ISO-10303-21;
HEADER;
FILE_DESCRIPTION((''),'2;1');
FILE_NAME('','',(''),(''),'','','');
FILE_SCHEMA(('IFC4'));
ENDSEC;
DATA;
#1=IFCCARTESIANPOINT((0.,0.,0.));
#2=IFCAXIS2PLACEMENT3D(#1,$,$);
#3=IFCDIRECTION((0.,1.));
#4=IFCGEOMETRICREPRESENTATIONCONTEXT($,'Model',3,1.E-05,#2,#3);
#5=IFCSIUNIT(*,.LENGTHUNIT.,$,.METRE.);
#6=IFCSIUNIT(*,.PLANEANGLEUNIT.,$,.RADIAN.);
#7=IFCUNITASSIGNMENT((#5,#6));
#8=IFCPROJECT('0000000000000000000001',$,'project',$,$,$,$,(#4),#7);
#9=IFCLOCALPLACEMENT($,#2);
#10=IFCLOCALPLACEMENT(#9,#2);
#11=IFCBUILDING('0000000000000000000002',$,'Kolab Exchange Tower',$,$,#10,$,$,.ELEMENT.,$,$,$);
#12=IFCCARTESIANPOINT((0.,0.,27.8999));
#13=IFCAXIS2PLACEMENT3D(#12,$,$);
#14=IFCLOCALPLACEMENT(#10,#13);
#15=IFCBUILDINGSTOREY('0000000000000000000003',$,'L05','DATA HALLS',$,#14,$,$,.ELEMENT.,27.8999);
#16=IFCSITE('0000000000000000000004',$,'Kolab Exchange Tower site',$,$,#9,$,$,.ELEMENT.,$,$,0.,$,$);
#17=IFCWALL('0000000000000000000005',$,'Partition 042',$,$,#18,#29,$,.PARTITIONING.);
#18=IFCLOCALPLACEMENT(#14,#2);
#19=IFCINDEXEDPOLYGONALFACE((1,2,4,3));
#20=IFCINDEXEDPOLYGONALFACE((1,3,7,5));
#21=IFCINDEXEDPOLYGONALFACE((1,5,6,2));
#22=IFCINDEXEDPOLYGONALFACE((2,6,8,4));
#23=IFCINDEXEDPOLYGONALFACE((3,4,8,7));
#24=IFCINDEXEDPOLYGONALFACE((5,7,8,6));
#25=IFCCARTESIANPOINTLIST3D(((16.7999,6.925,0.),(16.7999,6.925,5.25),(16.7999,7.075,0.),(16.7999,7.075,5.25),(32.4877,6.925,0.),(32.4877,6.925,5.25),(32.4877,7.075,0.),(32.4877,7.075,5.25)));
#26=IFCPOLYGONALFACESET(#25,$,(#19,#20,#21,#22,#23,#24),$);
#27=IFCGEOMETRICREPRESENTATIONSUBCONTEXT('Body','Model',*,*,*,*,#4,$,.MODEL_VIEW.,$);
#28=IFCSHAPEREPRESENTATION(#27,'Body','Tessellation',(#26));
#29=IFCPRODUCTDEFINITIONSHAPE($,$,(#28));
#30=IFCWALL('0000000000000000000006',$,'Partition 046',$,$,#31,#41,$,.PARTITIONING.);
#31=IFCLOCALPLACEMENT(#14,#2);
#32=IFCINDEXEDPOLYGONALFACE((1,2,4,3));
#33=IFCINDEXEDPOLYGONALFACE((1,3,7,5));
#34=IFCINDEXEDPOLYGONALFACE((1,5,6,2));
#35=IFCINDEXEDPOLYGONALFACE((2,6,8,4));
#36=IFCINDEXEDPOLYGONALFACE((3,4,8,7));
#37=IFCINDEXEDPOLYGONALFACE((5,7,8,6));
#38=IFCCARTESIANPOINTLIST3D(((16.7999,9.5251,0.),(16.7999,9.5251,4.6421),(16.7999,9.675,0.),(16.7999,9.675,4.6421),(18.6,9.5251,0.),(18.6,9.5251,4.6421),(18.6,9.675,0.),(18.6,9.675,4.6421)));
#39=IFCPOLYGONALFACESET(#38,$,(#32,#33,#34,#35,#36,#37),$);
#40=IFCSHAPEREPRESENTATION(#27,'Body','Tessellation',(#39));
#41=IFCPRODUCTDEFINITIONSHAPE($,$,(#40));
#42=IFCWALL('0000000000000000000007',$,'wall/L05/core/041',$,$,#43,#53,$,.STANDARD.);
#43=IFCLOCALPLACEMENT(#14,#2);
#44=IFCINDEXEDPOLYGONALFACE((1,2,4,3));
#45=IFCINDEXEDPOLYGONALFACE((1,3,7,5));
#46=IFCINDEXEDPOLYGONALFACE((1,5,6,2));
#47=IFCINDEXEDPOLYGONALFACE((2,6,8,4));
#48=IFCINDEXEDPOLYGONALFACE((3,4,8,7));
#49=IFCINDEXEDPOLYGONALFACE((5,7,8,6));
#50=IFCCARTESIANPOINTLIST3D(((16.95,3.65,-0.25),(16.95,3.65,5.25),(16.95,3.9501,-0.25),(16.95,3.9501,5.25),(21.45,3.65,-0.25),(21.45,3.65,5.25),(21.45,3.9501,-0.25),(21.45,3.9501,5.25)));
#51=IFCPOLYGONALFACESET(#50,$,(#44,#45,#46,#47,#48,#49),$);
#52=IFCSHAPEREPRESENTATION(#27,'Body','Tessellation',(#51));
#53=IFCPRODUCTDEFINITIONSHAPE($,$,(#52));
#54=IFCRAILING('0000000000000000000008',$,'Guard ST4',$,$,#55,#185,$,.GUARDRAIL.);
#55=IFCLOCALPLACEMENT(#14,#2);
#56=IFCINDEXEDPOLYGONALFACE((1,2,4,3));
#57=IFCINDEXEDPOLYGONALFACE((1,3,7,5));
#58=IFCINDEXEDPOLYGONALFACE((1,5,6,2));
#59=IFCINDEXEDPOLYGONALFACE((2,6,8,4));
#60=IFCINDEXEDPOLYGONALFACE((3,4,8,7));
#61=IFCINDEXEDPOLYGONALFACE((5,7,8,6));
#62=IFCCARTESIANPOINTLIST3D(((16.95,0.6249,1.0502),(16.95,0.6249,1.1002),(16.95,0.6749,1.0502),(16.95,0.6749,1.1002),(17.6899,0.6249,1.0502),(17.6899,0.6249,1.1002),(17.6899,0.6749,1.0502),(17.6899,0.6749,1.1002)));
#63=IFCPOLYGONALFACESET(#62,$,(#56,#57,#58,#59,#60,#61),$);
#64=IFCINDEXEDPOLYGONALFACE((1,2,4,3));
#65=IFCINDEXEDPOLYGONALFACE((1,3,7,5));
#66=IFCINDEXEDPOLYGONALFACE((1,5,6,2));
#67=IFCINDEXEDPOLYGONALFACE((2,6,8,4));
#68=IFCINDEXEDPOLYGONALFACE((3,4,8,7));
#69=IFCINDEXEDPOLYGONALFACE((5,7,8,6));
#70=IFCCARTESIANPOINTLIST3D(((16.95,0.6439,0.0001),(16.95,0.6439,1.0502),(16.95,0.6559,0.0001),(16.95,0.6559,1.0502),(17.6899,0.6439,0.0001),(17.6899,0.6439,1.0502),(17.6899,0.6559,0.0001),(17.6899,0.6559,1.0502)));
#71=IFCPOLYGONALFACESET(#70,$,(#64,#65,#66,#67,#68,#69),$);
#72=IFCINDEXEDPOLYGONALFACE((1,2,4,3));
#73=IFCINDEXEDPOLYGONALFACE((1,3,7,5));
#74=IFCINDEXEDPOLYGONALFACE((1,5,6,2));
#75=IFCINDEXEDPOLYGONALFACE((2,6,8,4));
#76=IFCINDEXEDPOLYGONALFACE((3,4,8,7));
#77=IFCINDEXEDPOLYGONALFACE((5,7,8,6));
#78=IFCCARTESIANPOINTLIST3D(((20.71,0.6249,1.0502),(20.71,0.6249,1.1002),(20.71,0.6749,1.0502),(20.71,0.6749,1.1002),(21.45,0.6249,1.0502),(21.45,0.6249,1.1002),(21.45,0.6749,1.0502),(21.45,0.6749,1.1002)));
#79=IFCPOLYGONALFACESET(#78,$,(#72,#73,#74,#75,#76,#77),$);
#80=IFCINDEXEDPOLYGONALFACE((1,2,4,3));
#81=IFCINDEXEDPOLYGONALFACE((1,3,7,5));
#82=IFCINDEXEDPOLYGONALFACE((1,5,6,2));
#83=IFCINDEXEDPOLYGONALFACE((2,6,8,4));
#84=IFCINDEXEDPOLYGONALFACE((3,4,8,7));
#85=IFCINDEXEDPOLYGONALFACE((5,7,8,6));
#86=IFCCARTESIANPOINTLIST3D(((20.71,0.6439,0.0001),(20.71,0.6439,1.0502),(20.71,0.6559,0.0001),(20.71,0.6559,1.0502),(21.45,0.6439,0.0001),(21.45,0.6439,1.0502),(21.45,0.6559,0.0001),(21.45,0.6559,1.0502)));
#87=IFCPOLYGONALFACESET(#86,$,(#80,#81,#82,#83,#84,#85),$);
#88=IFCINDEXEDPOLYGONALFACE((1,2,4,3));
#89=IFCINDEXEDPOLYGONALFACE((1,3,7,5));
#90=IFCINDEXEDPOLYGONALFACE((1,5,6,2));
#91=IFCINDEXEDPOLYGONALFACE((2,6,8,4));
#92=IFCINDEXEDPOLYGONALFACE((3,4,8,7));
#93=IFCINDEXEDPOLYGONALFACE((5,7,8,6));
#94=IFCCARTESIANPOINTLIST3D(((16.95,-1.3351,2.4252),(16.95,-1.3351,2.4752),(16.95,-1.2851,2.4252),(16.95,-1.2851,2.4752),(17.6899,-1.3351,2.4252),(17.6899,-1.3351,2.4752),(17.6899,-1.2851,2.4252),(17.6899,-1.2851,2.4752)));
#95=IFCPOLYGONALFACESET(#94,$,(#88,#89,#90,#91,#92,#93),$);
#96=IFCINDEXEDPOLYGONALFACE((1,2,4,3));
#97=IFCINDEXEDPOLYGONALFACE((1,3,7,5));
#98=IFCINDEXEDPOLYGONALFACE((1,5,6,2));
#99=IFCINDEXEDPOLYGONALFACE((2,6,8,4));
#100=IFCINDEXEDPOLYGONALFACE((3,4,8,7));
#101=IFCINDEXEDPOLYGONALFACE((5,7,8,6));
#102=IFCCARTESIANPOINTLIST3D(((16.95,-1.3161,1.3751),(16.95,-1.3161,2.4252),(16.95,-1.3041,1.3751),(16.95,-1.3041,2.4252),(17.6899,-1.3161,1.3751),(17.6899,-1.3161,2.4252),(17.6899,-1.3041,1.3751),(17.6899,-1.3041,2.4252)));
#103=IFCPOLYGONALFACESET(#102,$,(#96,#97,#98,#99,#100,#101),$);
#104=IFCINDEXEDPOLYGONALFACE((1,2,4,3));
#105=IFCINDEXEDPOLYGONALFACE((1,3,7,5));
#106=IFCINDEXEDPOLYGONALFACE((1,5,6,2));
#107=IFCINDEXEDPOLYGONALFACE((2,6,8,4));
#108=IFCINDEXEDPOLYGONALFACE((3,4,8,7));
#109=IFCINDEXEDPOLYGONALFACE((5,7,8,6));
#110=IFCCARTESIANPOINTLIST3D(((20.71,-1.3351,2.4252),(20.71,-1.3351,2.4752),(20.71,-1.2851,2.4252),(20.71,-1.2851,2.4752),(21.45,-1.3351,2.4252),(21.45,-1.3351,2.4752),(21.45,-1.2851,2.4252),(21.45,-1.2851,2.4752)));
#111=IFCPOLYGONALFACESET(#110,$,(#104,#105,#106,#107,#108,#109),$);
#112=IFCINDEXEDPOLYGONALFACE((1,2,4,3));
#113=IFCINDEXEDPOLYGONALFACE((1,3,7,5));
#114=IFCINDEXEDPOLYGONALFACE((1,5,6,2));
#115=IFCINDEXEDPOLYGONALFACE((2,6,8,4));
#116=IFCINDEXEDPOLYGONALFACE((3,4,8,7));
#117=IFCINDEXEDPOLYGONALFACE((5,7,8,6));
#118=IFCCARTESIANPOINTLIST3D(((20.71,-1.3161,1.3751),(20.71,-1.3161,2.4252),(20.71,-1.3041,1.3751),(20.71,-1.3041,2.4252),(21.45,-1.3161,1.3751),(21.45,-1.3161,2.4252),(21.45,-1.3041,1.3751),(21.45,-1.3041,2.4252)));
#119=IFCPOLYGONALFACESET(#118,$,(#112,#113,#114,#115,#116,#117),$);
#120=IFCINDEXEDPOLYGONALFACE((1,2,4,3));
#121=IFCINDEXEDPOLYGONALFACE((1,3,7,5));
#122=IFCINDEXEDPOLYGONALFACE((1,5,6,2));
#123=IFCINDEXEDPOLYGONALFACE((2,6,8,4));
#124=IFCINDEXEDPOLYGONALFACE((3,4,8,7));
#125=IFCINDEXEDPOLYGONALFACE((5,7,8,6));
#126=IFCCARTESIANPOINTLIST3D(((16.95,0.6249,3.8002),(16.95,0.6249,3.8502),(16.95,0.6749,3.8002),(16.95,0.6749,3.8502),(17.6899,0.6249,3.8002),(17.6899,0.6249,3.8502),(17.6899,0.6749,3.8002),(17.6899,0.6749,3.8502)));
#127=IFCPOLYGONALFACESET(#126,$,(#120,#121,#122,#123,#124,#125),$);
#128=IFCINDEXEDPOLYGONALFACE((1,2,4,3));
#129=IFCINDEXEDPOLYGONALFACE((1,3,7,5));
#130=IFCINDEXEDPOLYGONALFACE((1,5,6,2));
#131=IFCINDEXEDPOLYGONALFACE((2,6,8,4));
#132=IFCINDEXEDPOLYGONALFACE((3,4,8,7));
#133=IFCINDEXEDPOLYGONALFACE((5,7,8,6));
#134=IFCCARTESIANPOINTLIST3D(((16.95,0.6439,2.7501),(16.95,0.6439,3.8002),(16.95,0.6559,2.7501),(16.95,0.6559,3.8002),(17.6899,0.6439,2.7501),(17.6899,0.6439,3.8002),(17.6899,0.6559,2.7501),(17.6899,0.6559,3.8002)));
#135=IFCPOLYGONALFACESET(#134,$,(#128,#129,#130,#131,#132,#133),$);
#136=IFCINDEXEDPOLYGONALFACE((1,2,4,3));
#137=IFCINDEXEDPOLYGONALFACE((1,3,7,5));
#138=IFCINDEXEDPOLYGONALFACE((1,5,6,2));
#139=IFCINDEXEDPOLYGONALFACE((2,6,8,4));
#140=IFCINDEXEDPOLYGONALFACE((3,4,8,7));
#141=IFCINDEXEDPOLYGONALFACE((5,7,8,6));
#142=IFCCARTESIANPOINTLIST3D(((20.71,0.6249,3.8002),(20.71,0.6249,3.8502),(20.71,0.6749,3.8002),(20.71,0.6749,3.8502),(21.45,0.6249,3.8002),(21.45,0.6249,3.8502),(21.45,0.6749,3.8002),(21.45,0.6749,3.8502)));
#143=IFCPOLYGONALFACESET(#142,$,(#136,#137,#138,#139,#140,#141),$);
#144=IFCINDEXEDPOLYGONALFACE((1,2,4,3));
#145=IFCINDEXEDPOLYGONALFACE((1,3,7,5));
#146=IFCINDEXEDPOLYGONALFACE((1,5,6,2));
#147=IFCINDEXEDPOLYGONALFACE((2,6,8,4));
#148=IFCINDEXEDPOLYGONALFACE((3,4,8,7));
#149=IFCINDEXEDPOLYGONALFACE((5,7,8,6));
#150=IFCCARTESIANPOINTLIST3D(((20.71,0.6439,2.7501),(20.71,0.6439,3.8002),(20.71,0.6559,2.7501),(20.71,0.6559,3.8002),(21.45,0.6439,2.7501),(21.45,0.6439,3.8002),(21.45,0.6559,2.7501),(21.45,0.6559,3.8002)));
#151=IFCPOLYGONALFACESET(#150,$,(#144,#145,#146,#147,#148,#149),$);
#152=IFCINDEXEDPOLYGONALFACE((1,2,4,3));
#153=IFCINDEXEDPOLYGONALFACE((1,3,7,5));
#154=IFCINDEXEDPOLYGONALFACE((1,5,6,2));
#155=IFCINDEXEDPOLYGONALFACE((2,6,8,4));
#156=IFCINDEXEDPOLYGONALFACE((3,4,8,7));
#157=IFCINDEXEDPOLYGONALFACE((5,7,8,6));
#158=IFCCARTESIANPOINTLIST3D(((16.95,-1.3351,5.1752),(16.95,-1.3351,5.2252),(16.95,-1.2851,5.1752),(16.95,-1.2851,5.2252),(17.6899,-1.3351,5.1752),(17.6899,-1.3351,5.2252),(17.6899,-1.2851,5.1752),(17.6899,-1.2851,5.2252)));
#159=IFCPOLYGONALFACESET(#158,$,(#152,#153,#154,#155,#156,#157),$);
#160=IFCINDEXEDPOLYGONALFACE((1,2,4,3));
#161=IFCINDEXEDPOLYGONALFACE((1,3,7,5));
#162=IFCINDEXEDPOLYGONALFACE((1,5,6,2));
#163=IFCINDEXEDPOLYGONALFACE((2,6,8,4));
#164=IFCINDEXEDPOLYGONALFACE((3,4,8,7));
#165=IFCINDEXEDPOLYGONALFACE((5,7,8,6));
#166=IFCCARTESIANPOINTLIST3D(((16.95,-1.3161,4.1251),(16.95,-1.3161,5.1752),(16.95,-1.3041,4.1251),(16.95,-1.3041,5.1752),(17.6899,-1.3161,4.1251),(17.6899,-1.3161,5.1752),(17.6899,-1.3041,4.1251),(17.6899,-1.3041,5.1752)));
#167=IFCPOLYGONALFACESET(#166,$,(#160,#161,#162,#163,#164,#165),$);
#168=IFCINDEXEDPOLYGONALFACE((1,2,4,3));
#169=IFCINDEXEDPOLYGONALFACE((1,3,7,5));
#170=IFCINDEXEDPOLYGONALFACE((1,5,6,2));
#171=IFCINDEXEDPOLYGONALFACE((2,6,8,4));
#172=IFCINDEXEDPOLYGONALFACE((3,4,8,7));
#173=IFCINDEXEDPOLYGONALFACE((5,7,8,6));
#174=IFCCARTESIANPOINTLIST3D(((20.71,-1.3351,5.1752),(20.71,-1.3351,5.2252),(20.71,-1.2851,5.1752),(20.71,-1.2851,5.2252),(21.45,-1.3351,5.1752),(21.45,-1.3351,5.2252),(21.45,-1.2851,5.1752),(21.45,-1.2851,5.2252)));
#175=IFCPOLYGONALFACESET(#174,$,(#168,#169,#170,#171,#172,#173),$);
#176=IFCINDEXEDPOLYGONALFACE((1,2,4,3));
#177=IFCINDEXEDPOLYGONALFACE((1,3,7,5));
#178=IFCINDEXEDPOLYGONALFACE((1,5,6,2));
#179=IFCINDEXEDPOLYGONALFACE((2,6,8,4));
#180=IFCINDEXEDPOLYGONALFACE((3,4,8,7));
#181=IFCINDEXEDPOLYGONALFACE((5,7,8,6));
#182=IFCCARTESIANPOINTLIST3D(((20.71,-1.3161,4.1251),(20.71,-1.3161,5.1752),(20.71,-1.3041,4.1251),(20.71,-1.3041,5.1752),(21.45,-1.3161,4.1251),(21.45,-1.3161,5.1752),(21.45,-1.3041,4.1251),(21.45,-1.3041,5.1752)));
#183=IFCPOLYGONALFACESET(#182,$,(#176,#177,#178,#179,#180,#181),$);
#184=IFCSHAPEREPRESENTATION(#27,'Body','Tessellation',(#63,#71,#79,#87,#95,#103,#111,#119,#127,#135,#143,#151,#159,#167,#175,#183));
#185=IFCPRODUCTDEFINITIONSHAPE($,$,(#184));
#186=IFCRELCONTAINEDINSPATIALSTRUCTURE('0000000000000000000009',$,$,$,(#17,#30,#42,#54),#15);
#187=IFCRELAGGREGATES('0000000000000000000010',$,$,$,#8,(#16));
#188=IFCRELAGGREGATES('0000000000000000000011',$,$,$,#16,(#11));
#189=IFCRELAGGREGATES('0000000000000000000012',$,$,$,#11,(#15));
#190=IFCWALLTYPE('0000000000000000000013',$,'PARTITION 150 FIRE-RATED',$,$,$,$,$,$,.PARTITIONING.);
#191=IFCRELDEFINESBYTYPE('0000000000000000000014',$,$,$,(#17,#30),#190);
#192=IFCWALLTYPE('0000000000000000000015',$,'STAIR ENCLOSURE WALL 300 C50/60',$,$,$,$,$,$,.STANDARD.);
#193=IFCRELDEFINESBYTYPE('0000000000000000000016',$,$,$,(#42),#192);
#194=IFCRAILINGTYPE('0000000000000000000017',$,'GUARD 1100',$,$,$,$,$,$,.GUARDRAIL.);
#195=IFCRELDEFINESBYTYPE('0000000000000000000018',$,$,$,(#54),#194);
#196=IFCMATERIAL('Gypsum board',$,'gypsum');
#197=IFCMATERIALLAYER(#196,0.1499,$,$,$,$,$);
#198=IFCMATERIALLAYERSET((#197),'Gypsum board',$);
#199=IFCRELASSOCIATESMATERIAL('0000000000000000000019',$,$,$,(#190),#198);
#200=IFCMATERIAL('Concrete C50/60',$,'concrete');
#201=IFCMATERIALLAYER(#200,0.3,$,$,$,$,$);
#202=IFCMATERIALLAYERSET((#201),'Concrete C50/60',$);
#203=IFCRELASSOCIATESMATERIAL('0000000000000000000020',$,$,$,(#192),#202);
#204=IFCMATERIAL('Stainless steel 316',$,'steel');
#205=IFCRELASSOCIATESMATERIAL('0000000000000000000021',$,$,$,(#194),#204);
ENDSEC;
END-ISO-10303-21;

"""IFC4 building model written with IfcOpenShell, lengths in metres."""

from ifc_helpers import new_model, si_unit, direction, frame, frame_2d, origin, origin_2d, place, context, subcontext, project, spatial, rectangle, extrude, material, layer, layer_set, type_object, element, save


model = new_model("IFC4")

# Units and contexts
model_context = context("Model", 3, precision=1e-05, world=origin(), true_north=direction((0.0, 1.0)))
body_context = subcontext(model_context, "Body", "Model", "MODEL_VIEW")
ifc_project = project(units=[si_unit("LENGTHUNIT", "METRE"), si_unit("PLANEANGLEUNIT", "RADIAN")], contexts=[model_context])

# Site, building, storey
site_placement = place(None, origin())
site = spatial("IfcSite", under=ifc_project, at=site_placement, Name="Kolab Exchange Tower site", CompositionType="ELEMENT", RefElevation=0.0)
building_placement = place(site_placement, origin())
building = spatial("IfcBuilding", under=site, at=building_placement, Name="Kolab Exchange Tower", CompositionType="ELEMENT")
storey_placement = place(building_placement, frame((0.0, 0.0, 27.8999)))
storey = spatial("IfcBuildingStorey", under=building, at=storey_placement, Name="L05", Description="DATA HALLS", CompositionType="ELEMENT", Elevation=27.8999)

# Shared definitions
ifc_material_1 = material(Name="Concrete C50/60", Category="concrete")
ifc_material_2 = material(Name="Gypsum board", Category="gypsum")

# Shared definitions
ifc_layer_1 = layer(ifc_material_2, 0.1499)
ifc_layer_set_1 = layer_set([ifc_layer_1], Name="Gypsum board")
wall_type_1 = type_object("IfcWallType", Name="PARTITION 150 FIRE-RATED", PredefinedType="PARTITIONING", material=ifc_layer_set_1)

# Walls
wall_1_placement = place(storey_placement, frame((16.8, 7.0, 0.0), z_axis=(0.0, 0.0, 1.0), x_axis=(1.0, 0.0, 0.0)))
element("IfcWall", 1, at=wall_1_placement, inside=storey, type_object=wall_type_1, Name="Partition 042", PredefinedType="PARTITIONING", context=body_context, shape_type="SweptSolid", body=[
    extrude(rectangle(XDim=15.6877, YDim=0.1499, at=frame_2d((7.8438, 0.0))), origin(), (0.0, 0.0, 1.0), 5.25),
])
wall_2_placement = place(storey_placement, frame((16.8, 9.6001, 0.0), z_axis=(0.0, 0.0, 1.0), x_axis=(1.0, 0.0, 0.0)))
element("IfcWall", 2, at=wall_2_placement, inside=storey, type_object=wall_type_1, Name="Partition 046", PredefinedType="PARTITIONING", context=body_context, shape_type="SweptSolid", body=[
    extrude(rectangle(XDim=1.8, YDim=0.1499, at=frame_2d((0.8999, 0.0))), origin(), (0.0, 0.0, 1.0), 4.6421),
])
ifc_layer_2 = layer(ifc_material_1, 0.3)
ifc_layer_set_2 = layer_set([ifc_layer_2], Name="Concrete C50/60")
wall_type_2 = type_object("IfcWallType", Name="STAIR ENCLOSURE WALL 300 C50/60", PredefinedType="STANDARD", material=ifc_layer_set_2)
wall_3_placement = place(storey_placement, frame((16.95, 3.8, -0.25), z_axis=(0.0, 0.0, 1.0), x_axis=(1.0, 0.0, 0.0)))
element("IfcWall", 3, at=wall_3_placement, inside=storey, type_object=wall_type_2, Name="wall/L05/core/041", PredefinedType="STANDARD", context=body_context, shape_type="SweptSolid", body=[
    extrude(rectangle(XDim=4.5, YDim=0.3, at=frame_2d((2.25, 0.0))), origin(), (0.0, 0.0, 1.0), 5.5),
])

# Railing
ifc_material_3 = material(Name="Stainless steel 316", Category="steel")
railing_type = type_object("IfcRailingType", Name="GUARD 1100", PredefinedType="GUARDRAIL", material=ifc_material_3)
railing_placement = place(storey_placement, frame((16.95, 0.6499, 0.0)))
element("IfcRailing", 4, at=railing_placement, inside=storey, type_object=railing_type, Name="Guard ST4", PredefinedType="GUARDRAIL", context=body_context, shape_type="SweptSolid", body=[
    extrude(rectangle(XDim=0.05, YDim=0.05, at=origin_2d()), frame((0.0, 0.0, 1.0752), z_axis=(1.0, 0.0, 0.0), x_axis=(0.0, 1.0, 0.0)), (0.0, 0.0, 1.0), 0.74),
    extrude(rectangle(XDim=0.012, YDim=1.0501, at=frame_2d((0.0, 0.5251))), frame((0.0, 0.0, 0.0), z_axis=(1.0, 0.0, 0.0), x_axis=(0.0, 1.0, 0.0)), (0.0, 0.0, 1.0), 0.74),
    extrude(rectangle(XDim=0.05, YDim=0.05, at=origin_2d()), frame((3.76, 0.0, 1.0752), z_axis=(1.0, 0.0, 0.0), x_axis=(0.0, 1.0, 0.0)), (0.0, 0.0, 1.0), 0.74),
    extrude(rectangle(XDim=0.012, YDim=1.0501, at=frame_2d((0.0, 0.5251))), frame((3.76, 0.0, 0.0), z_axis=(1.0, 0.0, 0.0), x_axis=(0.0, 1.0, 0.0)), (0.0, 0.0, 1.0), 0.74),
    extrude(rectangle(XDim=0.05, YDim=0.05, at=origin_2d()), frame((0.0, -1.96, 2.4502), z_axis=(1.0, 0.0, 0.0), x_axis=(0.0, 1.0, 0.0)), (0.0, 0.0, 1.0), 0.74),
    extrude(rectangle(XDim=0.012, YDim=1.0501, at=frame_2d((0.0, 0.5251))), frame((0.0, -1.96, 1.375), z_axis=(1.0, 0.0, 0.0), x_axis=(0.0, 1.0, 0.0)), (0.0, 0.0, 1.0), 0.74),
    extrude(rectangle(XDim=0.05, YDim=0.05, at=origin_2d()), frame((3.76, -1.96, 2.4502), z_axis=(1.0, 0.0, 0.0), x_axis=(0.0, 1.0, 0.0)), (0.0, 0.0, 1.0), 0.74),
    extrude(rectangle(XDim=0.012, YDim=1.0501, at=frame_2d((0.0, 0.5251))), frame((3.76, -1.96, 1.375), z_axis=(1.0, 0.0, 0.0), x_axis=(0.0, 1.0, 0.0)), (0.0, 0.0, 1.0), 0.74),
    extrude(rectangle(XDim=0.05, YDim=0.05, at=origin_2d()), frame((0.0, 0.0, 3.8252), z_axis=(1.0, 0.0, 0.0), x_axis=(0.0, 1.0, 0.0)), (0.0, 0.0, 1.0), 0.74),
    extrude(rectangle(XDim=0.012, YDim=1.0501, at=frame_2d((0.0, 0.5251))), frame((0.0, 0.0, 2.75), z_axis=(1.0, 0.0, 0.0), x_axis=(0.0, 1.0, 0.0)), (0.0, 0.0, 1.0), 0.74),
    extrude(rectangle(XDim=0.05, YDim=0.05, at=origin_2d()), frame((3.76, 0.0, 3.8252), z_axis=(1.0, 0.0, 0.0), x_axis=(0.0, 1.0, 0.0)), (0.0, 0.0, 1.0), 0.74),
    extrude(rectangle(XDim=0.012, YDim=1.0501, at=frame_2d((0.0, 0.5251))), frame((3.76, 0.0, 2.75), z_axis=(1.0, 0.0, 0.0), x_axis=(0.0, 1.0, 0.0)), (0.0, 0.0, 1.0), 0.74),
    extrude(rectangle(XDim=0.05, YDim=0.05, at=origin_2d()), frame((0.0, -1.96, 5.2002), z_axis=(1.0, 0.0, 0.0), x_axis=(0.0, 1.0, 0.0)), (0.0, 0.0, 1.0), 0.74),
    extrude(rectangle(XDim=0.012, YDim=1.0501, at=frame_2d((0.0, 0.5251))), frame((0.0, -1.96, 4.125), z_axis=(1.0, 0.0, 0.0), x_axis=(0.0, 1.0, 0.0)), (0.0, 0.0, 1.0), 0.74),
    extrude(rectangle(XDim=0.05, YDim=0.05, at=origin_2d()), frame((3.76, -1.96, 5.2002), z_axis=(1.0, 0.0, 0.0), x_axis=(0.0, 1.0, 0.0)), (0.0, 0.0, 1.0), 0.74),
    extrude(rectangle(XDim=0.012, YDim=1.0501, at=frame_2d((0.0, 0.5251))), frame((3.76, -1.96, 4.125), z_axis=(1.0, 0.0, 0.0), x_axis=(0.0, 1.0, 0.0)), (0.0, 0.0, 1.0), 0.74),
])

save(model, "model.ifc")
